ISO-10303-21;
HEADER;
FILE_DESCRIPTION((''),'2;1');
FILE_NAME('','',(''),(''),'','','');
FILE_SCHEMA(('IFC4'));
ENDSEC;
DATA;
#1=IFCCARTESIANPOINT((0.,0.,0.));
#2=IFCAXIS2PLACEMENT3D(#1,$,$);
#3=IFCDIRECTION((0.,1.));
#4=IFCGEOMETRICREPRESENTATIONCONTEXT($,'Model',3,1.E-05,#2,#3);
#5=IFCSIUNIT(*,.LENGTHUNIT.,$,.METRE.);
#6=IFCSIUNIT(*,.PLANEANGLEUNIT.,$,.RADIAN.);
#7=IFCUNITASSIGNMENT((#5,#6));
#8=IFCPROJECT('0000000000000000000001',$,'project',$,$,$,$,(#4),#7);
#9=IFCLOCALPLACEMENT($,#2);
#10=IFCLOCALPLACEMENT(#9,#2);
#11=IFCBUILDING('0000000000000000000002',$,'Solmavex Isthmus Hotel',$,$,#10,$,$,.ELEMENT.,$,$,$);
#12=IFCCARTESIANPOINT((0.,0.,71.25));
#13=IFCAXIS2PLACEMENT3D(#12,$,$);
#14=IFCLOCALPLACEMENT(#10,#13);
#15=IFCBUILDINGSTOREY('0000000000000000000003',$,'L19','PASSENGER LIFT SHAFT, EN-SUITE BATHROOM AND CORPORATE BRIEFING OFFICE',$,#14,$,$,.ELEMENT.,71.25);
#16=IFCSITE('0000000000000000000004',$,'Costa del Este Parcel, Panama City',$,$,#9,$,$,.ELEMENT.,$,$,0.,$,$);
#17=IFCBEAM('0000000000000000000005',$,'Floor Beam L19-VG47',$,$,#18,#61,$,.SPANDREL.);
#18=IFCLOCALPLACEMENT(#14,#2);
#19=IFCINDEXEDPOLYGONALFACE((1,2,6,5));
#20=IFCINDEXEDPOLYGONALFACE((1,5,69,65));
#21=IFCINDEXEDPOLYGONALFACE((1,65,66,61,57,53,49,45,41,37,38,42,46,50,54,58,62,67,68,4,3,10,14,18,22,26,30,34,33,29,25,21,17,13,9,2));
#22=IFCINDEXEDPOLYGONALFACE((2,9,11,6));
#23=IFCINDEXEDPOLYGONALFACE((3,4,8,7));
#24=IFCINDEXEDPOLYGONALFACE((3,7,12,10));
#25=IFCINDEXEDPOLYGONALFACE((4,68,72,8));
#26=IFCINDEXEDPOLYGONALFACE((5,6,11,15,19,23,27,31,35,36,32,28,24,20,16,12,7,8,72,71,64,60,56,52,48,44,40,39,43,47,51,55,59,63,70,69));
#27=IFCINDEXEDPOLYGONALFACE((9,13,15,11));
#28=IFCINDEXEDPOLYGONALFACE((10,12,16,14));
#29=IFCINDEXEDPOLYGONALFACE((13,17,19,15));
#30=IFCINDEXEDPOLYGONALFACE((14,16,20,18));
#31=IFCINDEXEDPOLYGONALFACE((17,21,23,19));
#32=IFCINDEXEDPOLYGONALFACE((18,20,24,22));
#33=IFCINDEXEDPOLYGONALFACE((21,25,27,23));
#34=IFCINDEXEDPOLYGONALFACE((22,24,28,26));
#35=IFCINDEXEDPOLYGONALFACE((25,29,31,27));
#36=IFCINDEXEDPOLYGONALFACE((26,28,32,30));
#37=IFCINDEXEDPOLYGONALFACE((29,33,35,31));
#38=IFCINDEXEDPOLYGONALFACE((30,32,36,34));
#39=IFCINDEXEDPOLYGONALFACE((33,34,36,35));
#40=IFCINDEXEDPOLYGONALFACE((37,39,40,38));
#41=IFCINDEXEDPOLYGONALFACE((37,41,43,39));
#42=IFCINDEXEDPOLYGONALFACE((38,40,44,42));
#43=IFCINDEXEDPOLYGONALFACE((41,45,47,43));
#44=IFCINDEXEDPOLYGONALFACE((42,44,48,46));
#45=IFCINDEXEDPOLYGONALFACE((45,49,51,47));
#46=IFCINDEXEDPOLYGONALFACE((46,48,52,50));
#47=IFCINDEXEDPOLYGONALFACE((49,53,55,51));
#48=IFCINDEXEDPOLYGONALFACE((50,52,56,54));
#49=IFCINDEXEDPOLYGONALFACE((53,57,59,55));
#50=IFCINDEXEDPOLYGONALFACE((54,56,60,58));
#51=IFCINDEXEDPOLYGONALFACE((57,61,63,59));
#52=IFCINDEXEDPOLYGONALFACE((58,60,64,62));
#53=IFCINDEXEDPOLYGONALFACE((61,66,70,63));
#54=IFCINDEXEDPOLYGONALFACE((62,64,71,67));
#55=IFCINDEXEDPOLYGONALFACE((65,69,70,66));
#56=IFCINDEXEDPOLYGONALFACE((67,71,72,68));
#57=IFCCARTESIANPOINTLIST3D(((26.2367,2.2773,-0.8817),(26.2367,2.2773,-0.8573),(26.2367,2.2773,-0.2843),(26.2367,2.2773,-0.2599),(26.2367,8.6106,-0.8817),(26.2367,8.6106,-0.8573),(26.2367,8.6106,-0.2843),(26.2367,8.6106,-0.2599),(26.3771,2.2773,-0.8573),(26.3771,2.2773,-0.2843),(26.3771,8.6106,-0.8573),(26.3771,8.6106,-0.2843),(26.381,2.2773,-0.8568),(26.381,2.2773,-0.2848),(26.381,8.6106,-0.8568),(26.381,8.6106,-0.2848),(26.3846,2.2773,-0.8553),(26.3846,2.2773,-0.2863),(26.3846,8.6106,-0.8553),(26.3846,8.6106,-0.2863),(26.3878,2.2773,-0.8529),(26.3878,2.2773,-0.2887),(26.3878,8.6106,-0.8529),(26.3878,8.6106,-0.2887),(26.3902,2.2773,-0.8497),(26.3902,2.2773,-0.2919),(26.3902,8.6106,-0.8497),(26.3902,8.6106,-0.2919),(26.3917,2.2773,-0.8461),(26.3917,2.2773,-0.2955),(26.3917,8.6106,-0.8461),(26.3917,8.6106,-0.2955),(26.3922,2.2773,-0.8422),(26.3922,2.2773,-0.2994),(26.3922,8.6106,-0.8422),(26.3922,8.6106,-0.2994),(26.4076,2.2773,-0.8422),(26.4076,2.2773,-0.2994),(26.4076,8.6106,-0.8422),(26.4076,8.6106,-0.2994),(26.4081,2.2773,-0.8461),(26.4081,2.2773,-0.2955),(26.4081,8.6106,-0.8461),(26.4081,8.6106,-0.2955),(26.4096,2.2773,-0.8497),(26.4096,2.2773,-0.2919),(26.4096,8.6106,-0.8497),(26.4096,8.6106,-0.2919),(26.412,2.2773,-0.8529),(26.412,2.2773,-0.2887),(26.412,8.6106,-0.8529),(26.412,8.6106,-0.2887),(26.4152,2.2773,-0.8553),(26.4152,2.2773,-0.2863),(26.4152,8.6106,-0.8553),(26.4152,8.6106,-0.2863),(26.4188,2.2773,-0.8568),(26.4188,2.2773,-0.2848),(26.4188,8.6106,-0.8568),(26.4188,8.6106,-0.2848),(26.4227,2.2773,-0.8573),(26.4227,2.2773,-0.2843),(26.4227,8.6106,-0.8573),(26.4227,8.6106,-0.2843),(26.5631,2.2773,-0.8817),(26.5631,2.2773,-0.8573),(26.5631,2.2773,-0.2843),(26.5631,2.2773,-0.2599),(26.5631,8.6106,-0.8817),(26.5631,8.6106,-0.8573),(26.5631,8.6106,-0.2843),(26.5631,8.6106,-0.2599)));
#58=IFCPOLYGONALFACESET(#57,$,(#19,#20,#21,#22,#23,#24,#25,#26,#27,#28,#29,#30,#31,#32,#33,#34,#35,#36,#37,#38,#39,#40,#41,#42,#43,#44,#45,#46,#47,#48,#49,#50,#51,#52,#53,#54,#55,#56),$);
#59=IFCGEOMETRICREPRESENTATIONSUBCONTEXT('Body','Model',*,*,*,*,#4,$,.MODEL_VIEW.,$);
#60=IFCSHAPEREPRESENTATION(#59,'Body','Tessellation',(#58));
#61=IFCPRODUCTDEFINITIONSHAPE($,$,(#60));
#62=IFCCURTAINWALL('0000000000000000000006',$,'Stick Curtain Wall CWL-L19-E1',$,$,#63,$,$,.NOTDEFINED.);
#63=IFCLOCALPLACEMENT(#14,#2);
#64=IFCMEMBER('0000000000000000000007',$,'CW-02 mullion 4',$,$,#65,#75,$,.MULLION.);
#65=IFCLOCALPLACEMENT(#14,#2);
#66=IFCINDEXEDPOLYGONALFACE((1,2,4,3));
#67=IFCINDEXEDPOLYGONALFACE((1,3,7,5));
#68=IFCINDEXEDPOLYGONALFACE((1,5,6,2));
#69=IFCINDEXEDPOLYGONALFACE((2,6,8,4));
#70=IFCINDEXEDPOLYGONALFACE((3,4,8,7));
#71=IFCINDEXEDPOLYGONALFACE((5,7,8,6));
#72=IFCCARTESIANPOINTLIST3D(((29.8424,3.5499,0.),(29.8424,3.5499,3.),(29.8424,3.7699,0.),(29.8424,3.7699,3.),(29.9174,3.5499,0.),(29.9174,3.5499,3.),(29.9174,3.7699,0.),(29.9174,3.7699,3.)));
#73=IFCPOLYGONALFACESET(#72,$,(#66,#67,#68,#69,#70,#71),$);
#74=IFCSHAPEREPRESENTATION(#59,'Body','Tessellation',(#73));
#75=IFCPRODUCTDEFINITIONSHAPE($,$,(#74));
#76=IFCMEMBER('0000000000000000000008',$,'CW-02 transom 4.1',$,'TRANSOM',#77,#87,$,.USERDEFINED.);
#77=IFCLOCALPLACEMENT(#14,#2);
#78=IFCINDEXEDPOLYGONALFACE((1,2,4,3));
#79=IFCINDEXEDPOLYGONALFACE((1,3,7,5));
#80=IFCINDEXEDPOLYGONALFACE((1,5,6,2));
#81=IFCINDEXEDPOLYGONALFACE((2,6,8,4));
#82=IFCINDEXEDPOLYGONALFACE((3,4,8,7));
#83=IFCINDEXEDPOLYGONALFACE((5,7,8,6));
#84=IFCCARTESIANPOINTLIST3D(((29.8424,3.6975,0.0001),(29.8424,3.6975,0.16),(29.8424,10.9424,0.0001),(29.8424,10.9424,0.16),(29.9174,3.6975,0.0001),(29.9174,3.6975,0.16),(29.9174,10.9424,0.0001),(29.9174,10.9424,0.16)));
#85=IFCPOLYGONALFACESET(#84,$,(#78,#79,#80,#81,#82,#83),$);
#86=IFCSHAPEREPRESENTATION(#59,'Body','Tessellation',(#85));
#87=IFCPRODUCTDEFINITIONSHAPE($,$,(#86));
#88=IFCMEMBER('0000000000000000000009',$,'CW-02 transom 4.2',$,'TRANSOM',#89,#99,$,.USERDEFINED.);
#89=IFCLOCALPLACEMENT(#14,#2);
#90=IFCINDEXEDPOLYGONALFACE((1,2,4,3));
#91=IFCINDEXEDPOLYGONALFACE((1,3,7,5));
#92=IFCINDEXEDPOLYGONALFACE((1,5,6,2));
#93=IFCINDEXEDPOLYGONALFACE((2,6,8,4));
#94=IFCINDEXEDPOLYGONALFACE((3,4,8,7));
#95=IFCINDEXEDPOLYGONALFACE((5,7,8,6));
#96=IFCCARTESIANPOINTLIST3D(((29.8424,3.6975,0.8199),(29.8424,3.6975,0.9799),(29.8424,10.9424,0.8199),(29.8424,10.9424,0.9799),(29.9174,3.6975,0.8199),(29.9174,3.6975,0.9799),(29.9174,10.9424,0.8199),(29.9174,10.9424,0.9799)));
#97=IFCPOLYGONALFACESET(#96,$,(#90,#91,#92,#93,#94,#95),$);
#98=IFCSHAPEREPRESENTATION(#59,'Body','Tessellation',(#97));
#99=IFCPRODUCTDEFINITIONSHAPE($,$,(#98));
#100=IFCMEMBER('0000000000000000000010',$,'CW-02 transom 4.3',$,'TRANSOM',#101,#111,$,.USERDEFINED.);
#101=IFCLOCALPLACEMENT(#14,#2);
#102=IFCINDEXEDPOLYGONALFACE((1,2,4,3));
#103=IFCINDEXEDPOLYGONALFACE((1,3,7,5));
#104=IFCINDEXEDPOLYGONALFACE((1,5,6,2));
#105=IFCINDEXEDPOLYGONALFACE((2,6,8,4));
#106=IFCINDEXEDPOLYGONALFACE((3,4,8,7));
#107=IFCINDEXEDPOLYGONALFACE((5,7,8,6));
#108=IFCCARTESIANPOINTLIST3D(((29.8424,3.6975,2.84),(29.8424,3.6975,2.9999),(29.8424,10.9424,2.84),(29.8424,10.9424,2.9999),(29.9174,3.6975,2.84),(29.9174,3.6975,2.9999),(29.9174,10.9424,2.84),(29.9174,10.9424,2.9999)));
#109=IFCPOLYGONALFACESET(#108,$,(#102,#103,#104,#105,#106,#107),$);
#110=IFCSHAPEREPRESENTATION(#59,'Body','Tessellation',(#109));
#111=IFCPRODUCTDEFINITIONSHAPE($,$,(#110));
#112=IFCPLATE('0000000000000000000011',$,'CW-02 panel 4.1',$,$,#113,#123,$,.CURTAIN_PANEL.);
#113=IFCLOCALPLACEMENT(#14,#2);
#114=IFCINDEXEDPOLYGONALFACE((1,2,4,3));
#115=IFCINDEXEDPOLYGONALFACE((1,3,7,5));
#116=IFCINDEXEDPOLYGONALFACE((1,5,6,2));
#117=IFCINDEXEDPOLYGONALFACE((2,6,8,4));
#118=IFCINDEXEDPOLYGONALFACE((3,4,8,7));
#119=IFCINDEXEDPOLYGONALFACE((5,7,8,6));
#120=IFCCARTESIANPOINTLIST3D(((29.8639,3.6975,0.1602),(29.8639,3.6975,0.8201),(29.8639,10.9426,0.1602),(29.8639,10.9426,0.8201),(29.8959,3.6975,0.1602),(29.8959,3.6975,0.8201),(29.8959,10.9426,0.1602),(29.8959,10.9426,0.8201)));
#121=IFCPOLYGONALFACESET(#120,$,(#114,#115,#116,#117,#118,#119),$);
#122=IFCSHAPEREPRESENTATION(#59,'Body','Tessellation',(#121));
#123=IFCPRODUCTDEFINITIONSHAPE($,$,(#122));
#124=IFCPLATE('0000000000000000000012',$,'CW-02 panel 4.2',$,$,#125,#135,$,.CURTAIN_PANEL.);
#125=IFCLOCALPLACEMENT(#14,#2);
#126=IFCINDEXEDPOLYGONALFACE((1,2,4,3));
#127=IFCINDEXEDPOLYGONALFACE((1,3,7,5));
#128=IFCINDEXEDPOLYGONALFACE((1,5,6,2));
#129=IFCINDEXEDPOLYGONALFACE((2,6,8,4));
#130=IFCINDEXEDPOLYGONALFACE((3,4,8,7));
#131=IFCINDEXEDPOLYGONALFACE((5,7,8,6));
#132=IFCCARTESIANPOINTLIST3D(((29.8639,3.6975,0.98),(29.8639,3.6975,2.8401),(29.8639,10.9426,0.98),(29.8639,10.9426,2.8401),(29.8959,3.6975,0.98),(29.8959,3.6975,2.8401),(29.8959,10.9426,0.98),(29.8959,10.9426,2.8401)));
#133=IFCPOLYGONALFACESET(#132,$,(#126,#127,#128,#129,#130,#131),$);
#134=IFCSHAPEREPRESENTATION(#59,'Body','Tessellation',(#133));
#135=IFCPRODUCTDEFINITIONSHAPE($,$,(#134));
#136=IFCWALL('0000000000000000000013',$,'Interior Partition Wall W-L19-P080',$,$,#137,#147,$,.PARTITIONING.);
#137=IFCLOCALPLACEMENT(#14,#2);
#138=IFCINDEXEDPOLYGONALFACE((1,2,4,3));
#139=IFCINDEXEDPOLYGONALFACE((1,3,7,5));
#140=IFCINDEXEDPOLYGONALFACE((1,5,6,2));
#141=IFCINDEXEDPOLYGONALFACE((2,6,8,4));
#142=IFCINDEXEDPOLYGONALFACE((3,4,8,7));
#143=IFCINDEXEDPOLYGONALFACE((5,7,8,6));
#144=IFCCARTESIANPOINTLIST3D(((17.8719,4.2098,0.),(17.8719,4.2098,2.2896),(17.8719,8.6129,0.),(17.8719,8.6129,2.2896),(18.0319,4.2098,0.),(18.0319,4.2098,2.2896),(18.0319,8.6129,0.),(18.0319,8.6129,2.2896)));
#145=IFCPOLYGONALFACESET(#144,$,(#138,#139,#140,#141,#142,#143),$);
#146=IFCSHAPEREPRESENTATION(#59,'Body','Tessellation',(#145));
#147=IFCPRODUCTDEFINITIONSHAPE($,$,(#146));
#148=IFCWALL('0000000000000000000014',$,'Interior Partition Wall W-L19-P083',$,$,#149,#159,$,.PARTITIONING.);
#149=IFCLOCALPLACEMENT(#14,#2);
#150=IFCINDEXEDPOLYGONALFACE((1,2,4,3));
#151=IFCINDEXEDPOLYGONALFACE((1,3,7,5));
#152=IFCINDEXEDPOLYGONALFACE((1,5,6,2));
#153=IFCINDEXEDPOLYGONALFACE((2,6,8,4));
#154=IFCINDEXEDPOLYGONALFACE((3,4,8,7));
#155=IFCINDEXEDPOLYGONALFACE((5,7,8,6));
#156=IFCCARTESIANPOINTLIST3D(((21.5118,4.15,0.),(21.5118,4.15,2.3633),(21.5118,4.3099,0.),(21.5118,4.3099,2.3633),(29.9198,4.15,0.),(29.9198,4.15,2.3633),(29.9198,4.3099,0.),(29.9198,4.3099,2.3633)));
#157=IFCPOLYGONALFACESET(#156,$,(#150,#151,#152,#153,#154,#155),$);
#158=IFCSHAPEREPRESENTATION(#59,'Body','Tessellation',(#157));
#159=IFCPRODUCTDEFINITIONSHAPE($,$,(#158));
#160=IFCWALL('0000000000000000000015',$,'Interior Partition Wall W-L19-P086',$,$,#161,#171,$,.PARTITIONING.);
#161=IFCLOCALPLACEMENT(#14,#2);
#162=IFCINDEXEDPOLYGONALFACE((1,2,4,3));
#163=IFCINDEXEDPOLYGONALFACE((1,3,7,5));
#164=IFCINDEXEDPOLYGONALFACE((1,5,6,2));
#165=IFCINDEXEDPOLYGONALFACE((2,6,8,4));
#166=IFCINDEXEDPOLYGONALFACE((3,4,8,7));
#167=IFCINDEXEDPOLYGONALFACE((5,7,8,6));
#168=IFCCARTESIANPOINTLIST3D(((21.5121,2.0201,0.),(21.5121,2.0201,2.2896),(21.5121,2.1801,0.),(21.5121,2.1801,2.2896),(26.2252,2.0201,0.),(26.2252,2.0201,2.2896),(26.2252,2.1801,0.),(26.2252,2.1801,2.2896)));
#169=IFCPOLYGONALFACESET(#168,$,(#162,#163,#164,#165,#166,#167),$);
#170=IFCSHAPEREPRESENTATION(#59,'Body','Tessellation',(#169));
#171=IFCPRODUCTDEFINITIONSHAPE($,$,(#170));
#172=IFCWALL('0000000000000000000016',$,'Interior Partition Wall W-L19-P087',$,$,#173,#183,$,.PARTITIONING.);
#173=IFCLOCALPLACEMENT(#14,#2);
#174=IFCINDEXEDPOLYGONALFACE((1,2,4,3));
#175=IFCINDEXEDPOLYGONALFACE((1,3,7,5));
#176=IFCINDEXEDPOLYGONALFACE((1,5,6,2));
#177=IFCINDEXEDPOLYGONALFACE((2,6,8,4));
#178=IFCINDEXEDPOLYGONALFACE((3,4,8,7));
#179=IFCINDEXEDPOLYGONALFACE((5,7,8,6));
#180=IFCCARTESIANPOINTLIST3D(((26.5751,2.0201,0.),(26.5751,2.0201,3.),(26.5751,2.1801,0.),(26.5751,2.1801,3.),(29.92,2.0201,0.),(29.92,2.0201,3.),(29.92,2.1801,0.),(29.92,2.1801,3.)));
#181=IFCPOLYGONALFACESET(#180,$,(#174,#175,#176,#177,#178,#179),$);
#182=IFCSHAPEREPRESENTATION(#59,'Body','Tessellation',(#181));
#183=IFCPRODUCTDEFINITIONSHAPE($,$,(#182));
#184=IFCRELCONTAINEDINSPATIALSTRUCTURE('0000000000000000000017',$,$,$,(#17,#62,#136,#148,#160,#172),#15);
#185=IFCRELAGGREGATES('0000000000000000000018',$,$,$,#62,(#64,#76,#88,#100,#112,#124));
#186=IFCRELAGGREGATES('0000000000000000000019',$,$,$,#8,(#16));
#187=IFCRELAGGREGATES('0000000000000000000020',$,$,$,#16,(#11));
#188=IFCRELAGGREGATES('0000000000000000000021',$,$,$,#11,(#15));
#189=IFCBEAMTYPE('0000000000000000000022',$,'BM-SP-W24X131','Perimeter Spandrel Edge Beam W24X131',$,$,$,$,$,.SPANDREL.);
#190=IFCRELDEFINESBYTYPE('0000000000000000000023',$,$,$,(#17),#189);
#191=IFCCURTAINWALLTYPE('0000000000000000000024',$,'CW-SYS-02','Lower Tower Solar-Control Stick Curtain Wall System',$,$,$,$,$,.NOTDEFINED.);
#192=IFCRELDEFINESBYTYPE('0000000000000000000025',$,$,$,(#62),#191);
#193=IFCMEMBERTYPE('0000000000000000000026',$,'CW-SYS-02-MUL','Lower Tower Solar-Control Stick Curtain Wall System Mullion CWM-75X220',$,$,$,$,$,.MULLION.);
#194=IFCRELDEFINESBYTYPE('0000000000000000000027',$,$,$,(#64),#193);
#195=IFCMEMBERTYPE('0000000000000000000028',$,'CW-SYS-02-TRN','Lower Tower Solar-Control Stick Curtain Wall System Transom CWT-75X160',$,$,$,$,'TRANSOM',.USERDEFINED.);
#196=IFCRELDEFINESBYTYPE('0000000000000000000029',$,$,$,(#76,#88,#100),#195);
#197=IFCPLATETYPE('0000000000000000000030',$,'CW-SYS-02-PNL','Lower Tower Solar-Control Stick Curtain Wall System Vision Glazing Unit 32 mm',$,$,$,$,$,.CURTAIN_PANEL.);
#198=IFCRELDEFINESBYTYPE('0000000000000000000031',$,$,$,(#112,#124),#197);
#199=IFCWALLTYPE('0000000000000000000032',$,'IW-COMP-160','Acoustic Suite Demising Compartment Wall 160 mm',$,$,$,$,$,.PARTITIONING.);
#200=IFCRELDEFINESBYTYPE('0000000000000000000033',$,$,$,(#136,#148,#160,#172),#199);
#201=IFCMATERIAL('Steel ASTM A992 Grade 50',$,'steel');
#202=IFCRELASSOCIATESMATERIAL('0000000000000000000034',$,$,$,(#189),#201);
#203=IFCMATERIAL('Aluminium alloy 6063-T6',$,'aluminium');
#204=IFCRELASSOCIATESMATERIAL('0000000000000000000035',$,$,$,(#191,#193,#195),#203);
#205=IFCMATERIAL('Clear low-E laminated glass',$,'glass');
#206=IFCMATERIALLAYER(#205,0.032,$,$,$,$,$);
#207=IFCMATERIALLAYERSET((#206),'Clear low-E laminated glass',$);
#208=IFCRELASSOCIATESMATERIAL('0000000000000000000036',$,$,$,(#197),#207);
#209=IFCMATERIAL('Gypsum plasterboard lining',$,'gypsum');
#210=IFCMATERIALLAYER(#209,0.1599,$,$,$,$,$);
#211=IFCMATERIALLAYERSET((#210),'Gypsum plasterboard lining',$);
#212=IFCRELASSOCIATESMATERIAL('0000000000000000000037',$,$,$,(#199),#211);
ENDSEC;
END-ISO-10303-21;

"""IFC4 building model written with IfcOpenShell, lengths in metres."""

from ifc_helpers import new_model, si_unit, direction, frame, frame_2d, origin, origin_2d, place, context, subcontext, project, spatial, rectangle, i_section, extrude, material, layer, layer_set, material_profile, profile_set, type_object, element, aggregate, save


model = new_model("IFC4")

# Units and contexts
model_context = context("Model", 3, precision=1e-05, world=origin(), true_north=direction((0.0, 1.0)))
body_context = subcontext(model_context, "Body", "Model", "MODEL_VIEW")
ifc_project = project(units=[si_unit("LENGTHUNIT", "METRE"), si_unit("PLANEANGLEUNIT", "RADIAN")], contexts=[model_context])

# Site, building, storey
site_placement = place(None, origin())
site = spatial("IfcSite", under=ifc_project, at=site_placement, Name="Costa del Este Parcel, Panama City", CompositionType="ELEMENT", RefElevation=0.0)
building_placement = place(site_placement, origin())
building = spatial("IfcBuilding", under=site, at=building_placement, Name="Solmavex Isthmus Hotel", CompositionType="ELEMENT")
storey_placement = place(building_placement, frame((0.0, 0.0, 71.25)))
storey = spatial("IfcBuildingStorey", under=building, at=storey_placement, Name="L19", Description="PASSENGER LIFT SHAFT, EN-SUITE BATHROOM AND CORPORATE BRIEFING OFFICE", CompositionType="ELEMENT", Elevation=71.25)

# Beam
ifc_material_1 = material(Name="Steel ASTM A992 Grade 50", Category="steel")
ifc_material_profile_1 = material_profile(ifc_material_1, i_section(OverallWidth=0.3264, OverallDepth=0.6218, WebThickness=0.0154, FlangeThickness=0.0244, FilletRadius=0.0151, at=origin_2d()), Name="W24X131")
ifc_profile_set_1 = profile_set([ifc_material_profile_1], Name="Steel ASTM A992 Grade 50")
beam_type_1 = type_object("IfcBeamType", Name="BM-SP-W24X131", Description="Perimeter Spandrel Edge Beam W24X131", PredefinedType="SPANDREL", material=ifc_profile_set_1)
beam_1_placement = place(storey_placement, frame((26.3999, 2.2773, -0.5708), z_axis=(0.0, 1.0, 0.0), x_axis=(-1.0, 0.0, 0.0)))
element("IfcBeam", 1, at=beam_1_placement, inside=storey, type_object=beam_type_1, Name="Floor Beam L19-VG47", PredefinedType="SPANDREL", context=body_context, shape_type="SweptSolid", body=[
    extrude(i_section(OverallWidth=0.3264, OverallDepth=0.6218, WebThickness=0.0154, FlangeThickness=0.0244, FilletRadius=0.0151, at=origin_2d()), origin(), (0.0, 0.0, 1.0), 6.3333),
])

# Curtain wall, members, plates
ifc_material_2 = material(Name="Aluminium alloy 6063-T6", Category="aluminium")
curtain_wall_type = type_object("IfcCurtainWallType", Name="CW-SYS-02", Description="Lower Tower Solar-Control Stick Curtain Wall System", PredefinedType="NOTDEFINED", material=ifc_material_2)
curtain_wall_placement = place(storey_placement, origin())
curtain_wall = element("IfcCurtainWall", 2, at=curtain_wall_placement, inside=storey, type_object=curtain_wall_type, Name="Stick Curtain Wall CWL-L19-E1", PredefinedType="NOTDEFINED")
ifc_material_profile_2 = material_profile(ifc_material_2, rectangle(XDim=0.075, YDim=0.22, at=origin_2d()), Name="CWM-75X220")
ifc_profile_set_2 = profile_set([ifc_material_profile_2], Name="Aluminium alloy 6063-T6")
member_type_1 = type_object("IfcMemberType", Name="CW-SYS-02-MUL", Description="Lower Tower Solar-Control Stick Curtain Wall System Mullion CWM-75X220", PredefinedType="MULLION", material=ifc_profile_set_2)
member_1_placement = place(storey_placement, frame((29.8799, 3.6599, 0.0), z_axis=(0.0, 0.0, 1.0), x_axis=(-1.0, 0.0, 0.0)))
member_1 = element("IfcMember", 3, at=member_1_placement, type_object=member_type_1, Name="CW-02 mullion 4", PredefinedType="MULLION", context=body_context, shape_type="SweptSolid", body=[
    extrude(rectangle(XDim=0.075, YDim=0.22, at=origin_2d()), origin(), (0.0, 0.0, 1.0), 3.0),
])
ifc_material_profile_3 = material_profile(ifc_material_2, rectangle(XDim=0.075, YDim=0.1599, at=origin_2d()), Name="CWT-75X160")
ifc_profile_set_3 = profile_set([ifc_material_profile_3], Name="Aluminium alloy 6063-T6")
member_type_2 = type_object("IfcMemberType", Name="CW-SYS-02-TRN", Description="Lower Tower Solar-Control Stick Curtain Wall System Transom CWT-75X160", ElementType="TRANSOM", PredefinedType="USERDEFINED", material=ifc_profile_set_3)
member_2_placement = place(storey_placement, frame((29.8799, 3.6975, 0.0801), z_axis=(0.0, 1.0, 0.0), x_axis=(-1.0, 0.0, 0.0)))
member_2 = element("IfcMember", 4, at=member_2_placement, type_object=member_type_2, Name="CW-02 transom 4.1", ObjectType="TRANSOM", PredefinedType="USERDEFINED", context=body_context, shape_type="SweptSolid", body=[
    extrude(rectangle(XDim=0.075, YDim=0.1599, at=origin_2d()), origin(), (0.0, 0.0, 1.0), 7.2449),
])
member_3_placement = place(storey_placement, frame((29.8799, 3.6975, 0.8999), z_axis=(0.0, 1.0, 0.0), x_axis=(-1.0, 0.0, 0.0)))
member_3 = element("IfcMember", 5, at=member_3_placement, type_object=member_type_2, Name="CW-02 transom 4.2", ObjectType="TRANSOM", PredefinedType="USERDEFINED", context=body_context, shape_type="SweptSolid", body=[
    extrude(rectangle(XDim=0.075, YDim=0.1599, at=origin_2d()), origin(), (0.0, 0.0, 1.0), 7.2449),
])
member_4_placement = place(storey_placement, frame((29.8799, 3.6975, 2.9199), z_axis=(0.0, 1.0, 0.0), x_axis=(-1.0, 0.0, 0.0)))
member_4 = element("IfcMember", 6, at=member_4_placement, type_object=member_type_2, Name="CW-02 transom 4.3", ObjectType="TRANSOM", PredefinedType="USERDEFINED", context=body_context, shape_type="SweptSolid", body=[
    extrude(rectangle(XDim=0.075, YDim=0.1599, at=origin_2d()), origin(), (0.0, 0.0, 1.0), 7.2449),
])
ifc_material_3 = material(Name="Clear low-E laminated glass", Category="glass")
ifc_layer_1 = layer(ifc_material_3, 0.032)
ifc_layer_set_1 = layer_set([ifc_layer_1], Name="Clear low-E laminated glass")
plate_type = type_object("IfcPlateType", Name="CW-SYS-02-PNL", Description="Lower Tower Solar-Control Stick Curtain Wall System Vision Glazing Unit 32 mm", PredefinedType="CURTAIN_PANEL", material=ifc_layer_set_1)
plate_1_placement = place(storey_placement, frame((29.8799, 7.3201, 0.1602), z_axis=(0.0, 0.0, 1.0), x_axis=(0.0, 1.0, 0.0)))
plate_1 = element("IfcPlate", 7, at=plate_1_placement, type_object=plate_type, Name="CW-02 panel 4.1", PredefinedType="CURTAIN_PANEL", context=body_context, shape_type="SweptSolid", body=[
    extrude(rectangle(XDim=7.2451, YDim=0.032, at=origin_2d()), origin(), (0.0, 0.0, 1.0), 0.6599),
])
plate_2_placement = place(storey_placement, frame((29.8799, 7.3201, 0.98), z_axis=(0.0, 0.0, 1.0), x_axis=(0.0, 1.0, 0.0)))
plate_2 = element("IfcPlate", 8, at=plate_2_placement, type_object=plate_type, Name="CW-02 panel 4.2", PredefinedType="CURTAIN_PANEL", context=body_context, shape_type="SweptSolid", body=[
    extrude(rectangle(XDim=7.2451, YDim=0.032, at=origin_2d()), origin(), (0.0, 0.0, 1.0), 1.8601),
])
aggregate(curtain_wall, [member_1, member_2, member_3, member_4, plate_1, plate_2])

# Walls
ifc_material_4 = material(Name="Gypsum plasterboard lining", Category="gypsum")
ifc_layer_2 = layer(ifc_material_4, 0.1599)
ifc_layer_set_2 = layer_set([ifc_layer_2], Name="Gypsum plasterboard lining")
wall_type_1 = type_object("IfcWallType", Name="IW-COMP-160", Description="Acoustic Suite Demising Compartment Wall 160 mm", PredefinedType="PARTITIONING", material=ifc_layer_set_2)
wall_1_placement = place(storey_placement, frame((17.9519, 8.613, 0.0), z_axis=(0.0, 0.0, 1.0), x_axis=(0.0, -1.0, 0.0)))
element("IfcWall", 9, at=wall_1_placement, inside=storey, type_object=wall_type_1, Name="Interior Partition Wall W-L19-P080", PredefinedType="PARTITIONING", context=body_context, shape_type="SweptSolid", body=[
    extrude(rectangle(XDim=4.4031, YDim=0.1599, at=frame_2d((2.2017, 0.0))), origin(), (0.0, 0.0, 1.0), 2.2896),
])
wall_2_placement = place(storey_placement, frame((29.9199, 4.23, 0.0), z_axis=(0.0, 0.0, 1.0), x_axis=(-1.0, 0.0, 0.0)))
element("IfcWall", 10, at=wall_2_placement, inside=storey, type_object=wall_type_1, Name="Interior Partition Wall W-L19-P083", PredefinedType="PARTITIONING", context=body_context, shape_type="SweptSolid", body=[
    extrude(rectangle(XDim=8.408, YDim=0.1599, at=frame_2d((4.2041, 0.0))), origin(), (0.0, 0.0, 1.0), 2.3633),
])
wall_3_placement = place(storey_placement, frame((26.2251, 2.1001, 0.0), z_axis=(0.0, 0.0, 1.0), x_axis=(-1.0, 0.0, 0.0)))
element("IfcWall", 11, at=wall_3_placement, inside=storey, type_object=wall_type_1, Name="Interior Partition Wall W-L19-P086", PredefinedType="PARTITIONING", context=body_context, shape_type="SweptSolid", body=[
    extrude(rectangle(XDim=4.7131, YDim=0.1599, at=frame_2d((2.3564, 0.0))), origin(), (0.0, 0.0, 1.0), 2.2896),
])
wall_4_placement = place(storey_placement, frame((29.9199, 2.1001, 0.0), z_axis=(0.0, 0.0, 1.0), x_axis=(-1.0, 0.0, 0.0)))
element("IfcWall", 12, at=wall_4_placement, inside=storey, type_object=wall_type_1, Name="Interior Partition Wall W-L19-P087", PredefinedType="PARTITIONING", context=body_context, shape_type="SweptSolid", body=[
    extrude(rectangle(XDim=3.345, YDim=0.1599, at=frame_2d((1.6724, 0.0))), origin(), (0.0, 0.0, 1.0), 3.0),
])

save(model, "model.ifc")
